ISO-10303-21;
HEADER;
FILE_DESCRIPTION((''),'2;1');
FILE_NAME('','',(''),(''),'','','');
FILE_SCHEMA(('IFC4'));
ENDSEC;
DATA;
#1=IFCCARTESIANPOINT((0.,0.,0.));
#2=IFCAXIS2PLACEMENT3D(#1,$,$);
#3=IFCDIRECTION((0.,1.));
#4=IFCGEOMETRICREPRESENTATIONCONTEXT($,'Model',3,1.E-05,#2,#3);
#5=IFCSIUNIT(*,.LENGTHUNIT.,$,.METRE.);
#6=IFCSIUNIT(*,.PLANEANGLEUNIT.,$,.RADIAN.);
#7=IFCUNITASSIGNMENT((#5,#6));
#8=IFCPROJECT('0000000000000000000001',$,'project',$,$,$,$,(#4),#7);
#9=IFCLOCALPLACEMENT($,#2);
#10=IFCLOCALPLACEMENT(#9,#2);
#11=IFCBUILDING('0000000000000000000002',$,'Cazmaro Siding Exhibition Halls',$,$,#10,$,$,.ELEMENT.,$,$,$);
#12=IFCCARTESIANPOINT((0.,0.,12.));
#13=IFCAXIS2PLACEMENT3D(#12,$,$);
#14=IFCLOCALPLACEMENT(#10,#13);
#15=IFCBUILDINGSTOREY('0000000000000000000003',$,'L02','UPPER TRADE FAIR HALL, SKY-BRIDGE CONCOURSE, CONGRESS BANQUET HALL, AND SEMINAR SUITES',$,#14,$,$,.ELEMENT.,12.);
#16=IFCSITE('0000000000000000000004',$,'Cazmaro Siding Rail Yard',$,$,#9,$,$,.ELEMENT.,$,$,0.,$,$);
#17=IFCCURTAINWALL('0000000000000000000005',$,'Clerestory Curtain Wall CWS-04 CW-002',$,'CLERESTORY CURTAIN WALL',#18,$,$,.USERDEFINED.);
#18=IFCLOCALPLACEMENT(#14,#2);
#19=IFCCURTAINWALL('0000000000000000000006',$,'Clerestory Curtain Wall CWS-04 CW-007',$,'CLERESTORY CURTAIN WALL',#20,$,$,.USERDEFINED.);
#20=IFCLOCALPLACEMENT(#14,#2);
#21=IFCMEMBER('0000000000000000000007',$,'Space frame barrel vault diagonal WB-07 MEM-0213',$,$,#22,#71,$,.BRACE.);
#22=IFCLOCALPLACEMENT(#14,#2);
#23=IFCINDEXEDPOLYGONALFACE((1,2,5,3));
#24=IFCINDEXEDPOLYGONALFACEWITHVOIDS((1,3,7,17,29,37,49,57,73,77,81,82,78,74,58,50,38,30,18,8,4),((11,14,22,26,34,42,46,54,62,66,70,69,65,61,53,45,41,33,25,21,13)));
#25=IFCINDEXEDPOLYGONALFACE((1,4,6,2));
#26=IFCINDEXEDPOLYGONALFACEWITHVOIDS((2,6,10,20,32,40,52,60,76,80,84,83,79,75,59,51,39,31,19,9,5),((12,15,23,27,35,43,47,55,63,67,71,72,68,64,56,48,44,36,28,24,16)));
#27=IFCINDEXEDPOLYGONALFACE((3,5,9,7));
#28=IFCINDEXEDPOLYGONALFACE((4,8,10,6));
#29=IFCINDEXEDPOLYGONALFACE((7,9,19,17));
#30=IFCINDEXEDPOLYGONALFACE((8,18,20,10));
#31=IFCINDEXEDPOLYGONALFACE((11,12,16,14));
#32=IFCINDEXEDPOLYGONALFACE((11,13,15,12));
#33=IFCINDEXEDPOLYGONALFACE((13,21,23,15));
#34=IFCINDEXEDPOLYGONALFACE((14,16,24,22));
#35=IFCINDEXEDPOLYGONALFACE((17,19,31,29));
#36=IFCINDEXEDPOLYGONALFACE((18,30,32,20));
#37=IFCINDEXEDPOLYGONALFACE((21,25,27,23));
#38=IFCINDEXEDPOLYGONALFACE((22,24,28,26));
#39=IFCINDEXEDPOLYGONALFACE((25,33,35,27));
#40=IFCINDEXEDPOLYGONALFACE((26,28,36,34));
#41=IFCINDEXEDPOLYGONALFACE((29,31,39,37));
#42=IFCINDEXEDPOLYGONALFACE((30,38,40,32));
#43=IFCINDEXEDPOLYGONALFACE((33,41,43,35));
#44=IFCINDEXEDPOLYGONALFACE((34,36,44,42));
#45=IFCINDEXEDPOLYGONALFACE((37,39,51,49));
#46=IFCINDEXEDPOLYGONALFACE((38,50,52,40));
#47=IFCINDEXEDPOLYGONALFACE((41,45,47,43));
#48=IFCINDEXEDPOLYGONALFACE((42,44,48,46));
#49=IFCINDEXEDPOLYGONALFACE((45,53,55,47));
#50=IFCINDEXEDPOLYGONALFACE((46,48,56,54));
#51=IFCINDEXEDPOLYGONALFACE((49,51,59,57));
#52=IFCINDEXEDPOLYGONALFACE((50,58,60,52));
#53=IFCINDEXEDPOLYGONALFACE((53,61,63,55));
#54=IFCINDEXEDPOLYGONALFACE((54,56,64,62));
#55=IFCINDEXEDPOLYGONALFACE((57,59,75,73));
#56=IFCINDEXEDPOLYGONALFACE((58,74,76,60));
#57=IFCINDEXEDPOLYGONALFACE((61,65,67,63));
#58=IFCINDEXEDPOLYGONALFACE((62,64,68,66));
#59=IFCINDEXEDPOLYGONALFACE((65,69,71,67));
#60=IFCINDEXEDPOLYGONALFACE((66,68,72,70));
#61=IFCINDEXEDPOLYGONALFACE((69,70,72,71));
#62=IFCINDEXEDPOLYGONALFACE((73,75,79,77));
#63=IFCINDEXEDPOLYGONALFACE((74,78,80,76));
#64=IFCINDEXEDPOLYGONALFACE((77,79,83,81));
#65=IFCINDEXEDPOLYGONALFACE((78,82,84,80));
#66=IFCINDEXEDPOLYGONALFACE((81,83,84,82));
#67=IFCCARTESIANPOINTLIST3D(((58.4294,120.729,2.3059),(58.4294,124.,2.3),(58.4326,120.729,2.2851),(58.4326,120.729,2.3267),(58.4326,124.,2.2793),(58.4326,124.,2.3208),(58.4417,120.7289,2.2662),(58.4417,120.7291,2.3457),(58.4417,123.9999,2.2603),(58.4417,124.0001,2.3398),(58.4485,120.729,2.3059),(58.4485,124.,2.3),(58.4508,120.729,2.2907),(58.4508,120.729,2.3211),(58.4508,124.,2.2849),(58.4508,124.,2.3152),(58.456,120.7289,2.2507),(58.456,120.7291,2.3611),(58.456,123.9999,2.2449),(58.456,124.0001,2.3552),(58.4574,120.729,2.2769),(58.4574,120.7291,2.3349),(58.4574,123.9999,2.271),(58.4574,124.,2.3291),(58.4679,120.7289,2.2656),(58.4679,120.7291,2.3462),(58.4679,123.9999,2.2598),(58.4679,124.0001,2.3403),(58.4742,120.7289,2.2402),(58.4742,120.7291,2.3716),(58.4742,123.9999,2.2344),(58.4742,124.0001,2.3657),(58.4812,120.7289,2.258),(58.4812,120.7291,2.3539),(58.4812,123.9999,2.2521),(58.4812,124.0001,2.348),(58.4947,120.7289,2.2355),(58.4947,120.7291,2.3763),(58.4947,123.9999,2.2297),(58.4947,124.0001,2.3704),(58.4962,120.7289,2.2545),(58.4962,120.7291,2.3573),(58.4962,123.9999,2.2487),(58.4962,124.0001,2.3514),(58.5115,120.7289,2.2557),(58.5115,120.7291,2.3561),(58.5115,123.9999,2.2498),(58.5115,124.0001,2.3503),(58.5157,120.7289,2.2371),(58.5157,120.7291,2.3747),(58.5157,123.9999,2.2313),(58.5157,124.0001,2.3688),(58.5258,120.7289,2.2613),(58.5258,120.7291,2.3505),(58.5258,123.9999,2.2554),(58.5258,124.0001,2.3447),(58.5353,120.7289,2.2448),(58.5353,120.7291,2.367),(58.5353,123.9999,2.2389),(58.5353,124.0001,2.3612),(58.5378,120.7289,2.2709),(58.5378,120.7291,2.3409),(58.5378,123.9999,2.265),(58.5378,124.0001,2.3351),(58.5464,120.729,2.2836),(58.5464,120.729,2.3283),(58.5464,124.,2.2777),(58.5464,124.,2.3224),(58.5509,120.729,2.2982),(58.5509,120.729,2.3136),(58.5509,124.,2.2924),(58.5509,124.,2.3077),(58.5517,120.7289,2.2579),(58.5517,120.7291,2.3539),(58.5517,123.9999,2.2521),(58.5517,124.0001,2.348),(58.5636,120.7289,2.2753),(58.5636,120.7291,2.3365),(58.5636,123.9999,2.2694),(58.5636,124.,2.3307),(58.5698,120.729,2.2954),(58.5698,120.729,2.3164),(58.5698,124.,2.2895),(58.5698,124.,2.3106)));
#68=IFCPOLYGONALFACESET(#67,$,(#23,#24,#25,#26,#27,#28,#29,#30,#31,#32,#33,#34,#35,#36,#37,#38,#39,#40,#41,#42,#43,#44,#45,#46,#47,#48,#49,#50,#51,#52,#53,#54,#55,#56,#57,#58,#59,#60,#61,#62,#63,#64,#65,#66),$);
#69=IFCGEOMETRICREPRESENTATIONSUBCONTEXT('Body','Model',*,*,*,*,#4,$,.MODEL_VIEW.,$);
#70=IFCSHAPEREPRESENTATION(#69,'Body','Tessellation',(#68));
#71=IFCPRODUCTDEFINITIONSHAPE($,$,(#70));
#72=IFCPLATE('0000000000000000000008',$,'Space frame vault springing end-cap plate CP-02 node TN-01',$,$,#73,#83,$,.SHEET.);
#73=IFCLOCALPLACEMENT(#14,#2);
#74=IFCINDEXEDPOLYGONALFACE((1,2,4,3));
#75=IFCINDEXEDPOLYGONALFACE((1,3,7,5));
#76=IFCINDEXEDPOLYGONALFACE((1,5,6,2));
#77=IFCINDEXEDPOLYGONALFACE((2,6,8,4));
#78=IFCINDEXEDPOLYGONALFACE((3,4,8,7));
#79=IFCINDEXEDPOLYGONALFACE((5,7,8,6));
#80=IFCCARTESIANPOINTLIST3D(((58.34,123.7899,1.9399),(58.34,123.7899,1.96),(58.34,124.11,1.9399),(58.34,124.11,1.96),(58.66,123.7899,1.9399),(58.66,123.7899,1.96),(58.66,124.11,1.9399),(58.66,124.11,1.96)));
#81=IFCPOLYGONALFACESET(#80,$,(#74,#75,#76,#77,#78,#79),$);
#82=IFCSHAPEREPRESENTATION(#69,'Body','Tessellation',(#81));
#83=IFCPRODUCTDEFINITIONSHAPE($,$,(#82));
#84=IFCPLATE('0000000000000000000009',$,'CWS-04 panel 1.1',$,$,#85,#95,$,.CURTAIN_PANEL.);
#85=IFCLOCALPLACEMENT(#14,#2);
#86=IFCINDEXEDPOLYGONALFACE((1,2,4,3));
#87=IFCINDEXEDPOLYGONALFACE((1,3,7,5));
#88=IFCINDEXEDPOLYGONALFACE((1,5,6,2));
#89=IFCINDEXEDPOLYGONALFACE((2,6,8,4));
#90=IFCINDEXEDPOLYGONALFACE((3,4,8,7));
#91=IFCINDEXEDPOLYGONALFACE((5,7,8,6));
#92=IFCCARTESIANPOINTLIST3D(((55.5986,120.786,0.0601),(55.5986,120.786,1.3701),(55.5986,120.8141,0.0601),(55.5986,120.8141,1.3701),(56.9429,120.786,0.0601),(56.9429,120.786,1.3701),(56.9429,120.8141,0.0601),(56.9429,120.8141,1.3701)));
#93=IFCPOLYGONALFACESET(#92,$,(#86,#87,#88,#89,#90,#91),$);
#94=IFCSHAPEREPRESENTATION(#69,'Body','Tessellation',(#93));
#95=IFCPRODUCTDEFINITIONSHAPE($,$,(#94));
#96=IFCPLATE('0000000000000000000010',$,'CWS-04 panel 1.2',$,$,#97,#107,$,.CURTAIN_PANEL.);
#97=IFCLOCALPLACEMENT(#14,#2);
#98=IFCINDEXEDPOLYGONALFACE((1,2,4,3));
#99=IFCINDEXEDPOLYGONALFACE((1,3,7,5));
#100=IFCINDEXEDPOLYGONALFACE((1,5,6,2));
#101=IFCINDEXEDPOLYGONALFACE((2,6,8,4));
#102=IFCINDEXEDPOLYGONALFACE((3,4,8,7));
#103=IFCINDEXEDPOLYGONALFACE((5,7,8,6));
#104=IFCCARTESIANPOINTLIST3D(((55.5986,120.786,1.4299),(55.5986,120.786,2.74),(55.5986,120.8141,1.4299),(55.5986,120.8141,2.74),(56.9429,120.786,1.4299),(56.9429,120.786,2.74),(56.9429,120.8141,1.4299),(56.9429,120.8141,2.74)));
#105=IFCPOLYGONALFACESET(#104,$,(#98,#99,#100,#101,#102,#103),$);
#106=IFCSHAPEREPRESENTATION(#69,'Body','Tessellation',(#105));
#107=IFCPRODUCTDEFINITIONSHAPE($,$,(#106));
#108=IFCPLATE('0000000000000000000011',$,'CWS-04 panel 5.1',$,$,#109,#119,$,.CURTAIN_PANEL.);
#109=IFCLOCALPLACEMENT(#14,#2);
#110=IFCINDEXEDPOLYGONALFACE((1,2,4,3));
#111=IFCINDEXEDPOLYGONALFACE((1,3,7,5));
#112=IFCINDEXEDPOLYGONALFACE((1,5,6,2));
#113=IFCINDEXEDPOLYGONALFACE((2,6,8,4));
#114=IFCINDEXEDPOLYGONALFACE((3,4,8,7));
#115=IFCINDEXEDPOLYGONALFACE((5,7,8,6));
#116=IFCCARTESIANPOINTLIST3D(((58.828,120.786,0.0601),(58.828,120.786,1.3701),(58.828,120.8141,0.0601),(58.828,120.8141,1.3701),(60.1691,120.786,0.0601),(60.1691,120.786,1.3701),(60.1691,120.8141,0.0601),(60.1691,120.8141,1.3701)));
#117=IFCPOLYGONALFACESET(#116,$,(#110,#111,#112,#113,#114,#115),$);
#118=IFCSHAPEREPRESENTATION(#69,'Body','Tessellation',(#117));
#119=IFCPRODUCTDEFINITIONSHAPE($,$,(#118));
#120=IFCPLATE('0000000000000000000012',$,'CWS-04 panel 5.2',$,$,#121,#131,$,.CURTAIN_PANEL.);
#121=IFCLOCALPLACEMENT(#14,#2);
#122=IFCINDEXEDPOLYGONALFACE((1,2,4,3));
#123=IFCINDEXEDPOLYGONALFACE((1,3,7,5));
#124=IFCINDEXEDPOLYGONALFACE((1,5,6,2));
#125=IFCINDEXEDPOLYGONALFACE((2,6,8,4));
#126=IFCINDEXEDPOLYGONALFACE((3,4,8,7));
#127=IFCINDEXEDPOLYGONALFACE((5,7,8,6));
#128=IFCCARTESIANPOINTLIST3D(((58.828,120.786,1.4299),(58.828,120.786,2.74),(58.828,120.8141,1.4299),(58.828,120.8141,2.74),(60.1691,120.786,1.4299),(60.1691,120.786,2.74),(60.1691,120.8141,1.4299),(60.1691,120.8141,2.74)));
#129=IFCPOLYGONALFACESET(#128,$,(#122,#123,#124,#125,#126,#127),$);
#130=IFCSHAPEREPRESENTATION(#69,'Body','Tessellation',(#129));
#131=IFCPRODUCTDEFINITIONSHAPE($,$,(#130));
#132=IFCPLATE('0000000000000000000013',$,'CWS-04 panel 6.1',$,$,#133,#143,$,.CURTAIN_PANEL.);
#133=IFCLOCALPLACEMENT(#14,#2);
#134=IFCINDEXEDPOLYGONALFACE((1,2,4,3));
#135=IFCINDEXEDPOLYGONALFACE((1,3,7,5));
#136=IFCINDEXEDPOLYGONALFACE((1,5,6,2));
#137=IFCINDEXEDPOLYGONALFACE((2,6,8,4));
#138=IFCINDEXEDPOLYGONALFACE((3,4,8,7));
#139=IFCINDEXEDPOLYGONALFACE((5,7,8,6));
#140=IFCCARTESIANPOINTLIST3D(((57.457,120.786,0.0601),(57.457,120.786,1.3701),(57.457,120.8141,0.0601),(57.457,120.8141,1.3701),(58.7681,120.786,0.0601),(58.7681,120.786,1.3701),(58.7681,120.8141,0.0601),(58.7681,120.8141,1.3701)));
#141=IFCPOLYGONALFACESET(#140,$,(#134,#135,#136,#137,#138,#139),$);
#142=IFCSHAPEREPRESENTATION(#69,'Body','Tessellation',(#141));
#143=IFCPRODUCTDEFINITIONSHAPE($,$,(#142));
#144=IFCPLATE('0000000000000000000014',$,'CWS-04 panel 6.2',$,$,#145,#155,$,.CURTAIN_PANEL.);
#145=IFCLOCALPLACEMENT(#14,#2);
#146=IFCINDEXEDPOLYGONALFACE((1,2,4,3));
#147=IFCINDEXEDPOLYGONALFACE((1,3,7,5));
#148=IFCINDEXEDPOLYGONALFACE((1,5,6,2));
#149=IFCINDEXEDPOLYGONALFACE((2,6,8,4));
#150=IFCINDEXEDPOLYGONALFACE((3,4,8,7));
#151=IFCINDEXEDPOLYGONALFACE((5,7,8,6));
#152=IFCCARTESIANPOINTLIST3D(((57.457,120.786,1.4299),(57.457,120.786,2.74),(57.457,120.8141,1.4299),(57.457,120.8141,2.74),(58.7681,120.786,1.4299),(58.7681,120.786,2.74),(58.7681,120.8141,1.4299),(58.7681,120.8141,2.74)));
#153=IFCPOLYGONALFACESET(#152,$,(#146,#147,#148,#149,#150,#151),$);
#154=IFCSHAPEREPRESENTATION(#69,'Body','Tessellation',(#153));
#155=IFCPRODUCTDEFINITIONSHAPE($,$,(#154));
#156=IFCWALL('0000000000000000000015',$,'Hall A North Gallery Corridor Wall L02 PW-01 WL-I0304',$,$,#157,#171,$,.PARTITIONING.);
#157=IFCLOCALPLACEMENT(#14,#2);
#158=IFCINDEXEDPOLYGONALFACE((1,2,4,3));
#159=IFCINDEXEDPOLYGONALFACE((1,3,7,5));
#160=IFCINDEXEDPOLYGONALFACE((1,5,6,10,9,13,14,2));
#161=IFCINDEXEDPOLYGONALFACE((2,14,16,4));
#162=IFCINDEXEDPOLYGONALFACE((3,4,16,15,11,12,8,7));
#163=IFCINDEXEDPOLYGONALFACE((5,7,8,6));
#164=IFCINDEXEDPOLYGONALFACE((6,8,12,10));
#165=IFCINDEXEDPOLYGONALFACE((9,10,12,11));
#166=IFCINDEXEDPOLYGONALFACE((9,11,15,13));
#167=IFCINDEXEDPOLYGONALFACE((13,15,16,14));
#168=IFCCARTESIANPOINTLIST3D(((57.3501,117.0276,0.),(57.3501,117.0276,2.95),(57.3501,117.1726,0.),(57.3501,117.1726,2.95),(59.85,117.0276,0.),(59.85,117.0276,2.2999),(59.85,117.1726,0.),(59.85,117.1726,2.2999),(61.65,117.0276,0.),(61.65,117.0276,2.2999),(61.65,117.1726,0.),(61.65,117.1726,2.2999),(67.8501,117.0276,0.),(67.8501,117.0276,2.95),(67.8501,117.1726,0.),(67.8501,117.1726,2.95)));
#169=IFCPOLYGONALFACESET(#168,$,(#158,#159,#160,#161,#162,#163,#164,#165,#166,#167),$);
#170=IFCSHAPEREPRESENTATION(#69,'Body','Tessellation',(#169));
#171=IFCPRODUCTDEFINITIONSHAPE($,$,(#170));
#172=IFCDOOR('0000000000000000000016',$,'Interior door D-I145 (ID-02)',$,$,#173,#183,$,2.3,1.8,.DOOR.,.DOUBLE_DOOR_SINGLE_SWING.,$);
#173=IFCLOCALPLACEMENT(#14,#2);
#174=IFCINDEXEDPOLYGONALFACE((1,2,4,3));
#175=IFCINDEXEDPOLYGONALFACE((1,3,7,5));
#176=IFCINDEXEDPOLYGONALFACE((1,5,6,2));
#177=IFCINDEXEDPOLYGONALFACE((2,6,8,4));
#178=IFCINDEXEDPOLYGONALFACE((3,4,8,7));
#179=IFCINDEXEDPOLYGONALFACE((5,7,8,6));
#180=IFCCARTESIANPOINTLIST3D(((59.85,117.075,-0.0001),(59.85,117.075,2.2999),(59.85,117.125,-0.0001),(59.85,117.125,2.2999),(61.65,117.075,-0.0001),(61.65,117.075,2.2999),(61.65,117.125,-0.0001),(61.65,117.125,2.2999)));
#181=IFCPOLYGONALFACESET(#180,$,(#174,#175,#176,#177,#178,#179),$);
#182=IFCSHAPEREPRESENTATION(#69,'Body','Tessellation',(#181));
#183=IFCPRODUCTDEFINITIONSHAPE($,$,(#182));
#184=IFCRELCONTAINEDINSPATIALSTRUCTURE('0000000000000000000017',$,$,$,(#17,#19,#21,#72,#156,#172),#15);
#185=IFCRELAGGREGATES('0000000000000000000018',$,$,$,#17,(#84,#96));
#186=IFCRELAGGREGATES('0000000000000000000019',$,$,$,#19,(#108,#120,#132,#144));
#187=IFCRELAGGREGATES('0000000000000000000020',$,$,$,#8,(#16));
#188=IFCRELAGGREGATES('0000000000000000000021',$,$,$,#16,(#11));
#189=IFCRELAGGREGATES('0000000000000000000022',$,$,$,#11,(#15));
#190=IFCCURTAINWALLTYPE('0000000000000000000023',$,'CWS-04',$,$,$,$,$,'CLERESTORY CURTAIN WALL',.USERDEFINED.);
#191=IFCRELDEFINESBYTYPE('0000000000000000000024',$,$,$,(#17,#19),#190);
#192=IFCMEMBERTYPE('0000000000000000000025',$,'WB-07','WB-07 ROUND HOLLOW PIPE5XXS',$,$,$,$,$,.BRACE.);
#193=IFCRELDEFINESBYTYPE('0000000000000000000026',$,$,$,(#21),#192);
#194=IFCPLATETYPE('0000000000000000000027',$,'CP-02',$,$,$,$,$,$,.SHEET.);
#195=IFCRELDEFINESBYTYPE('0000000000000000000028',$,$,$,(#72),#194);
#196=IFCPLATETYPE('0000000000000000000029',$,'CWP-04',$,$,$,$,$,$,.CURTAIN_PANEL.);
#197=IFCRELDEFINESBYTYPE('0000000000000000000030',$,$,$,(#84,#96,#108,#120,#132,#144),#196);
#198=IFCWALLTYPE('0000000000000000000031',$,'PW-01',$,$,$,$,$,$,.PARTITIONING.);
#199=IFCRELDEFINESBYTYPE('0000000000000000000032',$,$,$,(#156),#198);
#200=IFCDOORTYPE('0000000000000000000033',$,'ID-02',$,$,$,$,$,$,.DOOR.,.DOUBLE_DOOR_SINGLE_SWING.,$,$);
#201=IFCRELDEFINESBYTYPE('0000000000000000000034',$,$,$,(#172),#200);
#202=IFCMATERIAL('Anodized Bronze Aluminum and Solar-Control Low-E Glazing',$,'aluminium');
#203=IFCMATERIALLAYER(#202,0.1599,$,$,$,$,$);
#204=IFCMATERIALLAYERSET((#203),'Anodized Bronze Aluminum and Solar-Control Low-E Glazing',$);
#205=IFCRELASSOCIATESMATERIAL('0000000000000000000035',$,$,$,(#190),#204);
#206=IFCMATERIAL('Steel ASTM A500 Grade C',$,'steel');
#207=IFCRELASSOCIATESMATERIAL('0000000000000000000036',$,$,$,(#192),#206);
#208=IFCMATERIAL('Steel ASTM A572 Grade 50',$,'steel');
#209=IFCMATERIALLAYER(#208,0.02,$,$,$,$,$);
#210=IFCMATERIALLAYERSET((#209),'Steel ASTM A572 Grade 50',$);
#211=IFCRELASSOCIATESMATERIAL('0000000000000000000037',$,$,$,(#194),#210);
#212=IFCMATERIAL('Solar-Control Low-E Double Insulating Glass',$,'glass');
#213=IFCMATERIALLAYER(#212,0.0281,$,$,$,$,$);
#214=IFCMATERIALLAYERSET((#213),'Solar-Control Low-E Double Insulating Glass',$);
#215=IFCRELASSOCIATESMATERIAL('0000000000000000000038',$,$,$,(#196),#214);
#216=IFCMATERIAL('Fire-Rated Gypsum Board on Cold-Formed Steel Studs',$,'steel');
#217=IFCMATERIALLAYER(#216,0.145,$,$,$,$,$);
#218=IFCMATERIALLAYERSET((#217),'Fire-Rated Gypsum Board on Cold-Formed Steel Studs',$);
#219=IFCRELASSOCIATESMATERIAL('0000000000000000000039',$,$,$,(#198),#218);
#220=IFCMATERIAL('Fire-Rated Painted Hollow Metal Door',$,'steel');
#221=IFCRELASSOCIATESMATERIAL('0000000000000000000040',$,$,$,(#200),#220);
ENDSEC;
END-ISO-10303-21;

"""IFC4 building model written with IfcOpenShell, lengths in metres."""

from ifc_helpers import new_model, si_unit, direction, frame, frame_2d, origin, origin_2d, place, context, subcontext, project, spatial, rectangle, hollow_circle, extrude, material, layer, layer_set, material_profile, profile_set, type_object, element, fill, aggregate, save


model = new_model("IFC4")

# Units and contexts
model_context = context("Model", 3, precision=1e-05, world=origin(), true_north=direction((0.0, 1.0)))
body_context = subcontext(model_context, "Body", "Model", "MODEL_VIEW")
ifc_project = project(units=[si_unit("LENGTHUNIT", "METRE"), si_unit("PLANEANGLEUNIT", "RADIAN")], contexts=[model_context])

# Site, building, storey
site_placement = place(None, origin())
site = spatial("IfcSite", under=ifc_project, at=site_placement, Name="Cazmaro Siding Rail Yard", CompositionType="ELEMENT", RefElevation=0.0)
building_placement = place(site_placement, origin())
building = spatial("IfcBuilding", under=site, at=building_placement, Name="Cazmaro Siding Exhibition Halls", CompositionType="ELEMENT")
storey_placement = place(building_placement, frame((0.0, 0.0, 12.0)))
storey = spatial("IfcBuildingStorey", under=building, at=storey_placement, Name="L02", Description="UPPER TRADE FAIR HALL, SKY-BRIDGE CONCOURSE, CONGRESS BANQUET HALL, AND SEMINAR SUITES", CompositionType="ELEMENT", Elevation=12.0)

# Curtain walls
ifc_material_1 = material(Name="Anodized Bronze Aluminum and Solar-Control Low-E Glazing", Category="aluminium")
ifc_layer_1 = layer(ifc_material_1, 0.1599)
ifc_layer_set_1 = layer_set([ifc_layer_1], Name="Anodized Bronze Aluminum and Solar-Control Low-E Glazing")
curtain_wall_type = type_object("IfcCurtainWallType", Name="CWS-04", ElementType="CLERESTORY CURTAIN WALL", PredefinedType="USERDEFINED", material=ifc_layer_set_1)
curtain_wall_1_placement = place(storey_placement, origin())
curtain_wall_1 = element("IfcCurtainWall", 1, at=curtain_wall_1_placement, inside=storey, type_object=curtain_wall_type, Name="Clerestory Curtain Wall CWS-04 CW-002", ObjectType="CLERESTORY CURTAIN WALL", PredefinedType="USERDEFINED")
curtain_wall_2_placement = place(storey_placement, origin())
curtain_wall_2 = element("IfcCurtainWall", 2, at=curtain_wall_2_placement, inside=storey, type_object=curtain_wall_type, Name="Clerestory Curtain Wall CWS-04 CW-007", ObjectType="CLERESTORY CURTAIN WALL", PredefinedType="USERDEFINED")

# Member
ifc_material_2 = material(Name="Steel ASTM A500 Grade C", Category="steel")
ifc_material_profile_1 = material_profile(ifc_material_2, hollow_circle(Radius=0.0706, WallThickness=0.019, at=origin_2d()), Name="PIPE5XXS")
ifc_profile_set_1 = profile_set([ifc_material_profile_1], Name="Steel ASTM A500 Grade C")
member_type_1 = type_object("IfcMemberType", Name="WB-07", Description="WB-07 ROUND HOLLOW PIPE5XXS", PredefinedType="BRACE", material=ifc_profile_set_1)
member_1_placement = place(storey_placement, frame((58.5, 120.729, 2.3059), z_axis=(0.0, 0.999998, -0.001791), x_axis=(-1.0, 0.0, 0.0)))
element("IfcMember", 3, at=member_1_placement, inside=storey, type_object=member_type_1, Name="Space frame barrel vault diagonal WB-07 MEM-0213", PredefinedType="BRACE", context=body_context, shape_type="SweptSolid", body=[
    extrude(hollow_circle(Radius=0.0706, WallThickness=0.019, at=origin_2d()), origin(), (0.0, 0.0, 1.0), 3.271),
])

# Plates
ifc_material_3 = material(Name="Steel ASTM A572 Grade 50", Category="steel")
ifc_layer_2 = layer(ifc_material_3, 0.02)
ifc_layer_set_2 = layer_set([ifc_layer_2], Name="Steel ASTM A572 Grade 50")
plate_type_1 = type_object("IfcPlateType", Name="CP-02", PredefinedType="SHEET", material=ifc_layer_set_2)
plate_1_placement = place(storey_placement, frame((58.5, 123.95, 1.9399), z_axis=(0.0, 0.0, 1.0), x_axis=(1.0, 0.0, 0.0)))
element("IfcPlate", 4, at=plate_1_placement, inside=storey, type_object=plate_type_1, Name="Space frame vault springing end-cap plate CP-02 node TN-01", PredefinedType="SHEET", context=body_context, shape_type="SweptSolid", body=[
    extrude(rectangle(XDim=0.3201, YDim=0.3201, at=origin_2d()), origin(), (0.0, 0.0, 1.0), 0.02),
])
ifc_material_4 = material(Name="Solar-Control Low-E Double Insulating Glass", Category="glass")
ifc_layer_3 = layer(ifc_material_4, 0.0281)
ifc_layer_set_3 = layer_set([ifc_layer_3], Name="Solar-Control Low-E Double Insulating Glass")
plate_type_2 = type_object("IfcPlateType", Name="CWP-04", PredefinedType="CURTAIN_PANEL", material=ifc_layer_set_3)
plate_2_placement = place(storey_placement, frame((56.2708, 120.8, 0.0601), z_axis=(0.0, 0.0, 1.0), x_axis=(-1.0, 0.0, 0.0)))
plate_2 = element("IfcPlate", 5, at=plate_2_placement, type_object=plate_type_2, Name="CWS-04 panel 1.1", PredefinedType="CURTAIN_PANEL", context=body_context, shape_type="SweptSolid", body=[
    extrude(rectangle(XDim=1.3442, YDim=0.0281, at=origin_2d()), origin(), (0.0, 0.0, 1.0), 1.3101),
])
plate_3_placement = place(storey_placement, frame((56.2708, 120.8, 1.4299), z_axis=(0.0, 0.0, 1.0), x_axis=(-1.0, 0.0, 0.0)))
plate_3 = element("IfcPlate", 6, at=plate_3_placement, type_object=plate_type_2, Name="CWS-04 panel 1.2", PredefinedType="CURTAIN_PANEL", context=body_context, shape_type="SweptSolid", body=[
    extrude(rectangle(XDim=1.3442, YDim=0.0281, at=origin_2d()), origin(), (0.0, 0.0, 1.0), 1.3101),
])
aggregate(curtain_wall_1, [plate_2, plate_3])
plate_4_placement = place(storey_placement, frame((59.4985, 120.8, 0.0601), z_axis=(0.0, 0.0, 1.0), x_axis=(-1.0, 0.0, 0.0)))
plate_4 = element("IfcPlate", 7, at=plate_4_placement, type_object=plate_type_2, Name="CWS-04 panel 5.1", PredefinedType="CURTAIN_PANEL", context=body_context, shape_type="SweptSolid", body=[
    extrude(rectangle(XDim=1.3411, YDim=0.0281, at=origin_2d()), origin(), (0.0, 0.0, 1.0), 1.3101),
])
plate_5_placement = place(storey_placement, frame((59.4985, 120.8, 1.4299), z_axis=(0.0, 0.0, 1.0), x_axis=(-1.0, 0.0, 0.0)))
plate_5 = element("IfcPlate", 8, at=plate_5_placement, type_object=plate_type_2, Name="CWS-04 panel 5.2", PredefinedType="CURTAIN_PANEL", context=body_context, shape_type="SweptSolid", body=[
    extrude(rectangle(XDim=1.3411, YDim=0.0281, at=origin_2d()), origin(), (0.0, 0.0, 1.0), 1.3101),
])
plate_6_placement = place(storey_placement, frame((58.1125, 120.8, 0.0601), z_axis=(0.0, 0.0, 1.0), x_axis=(-1.0, 0.0, 0.0)))
plate_6 = element("IfcPlate", 9, at=plate_6_placement, type_object=plate_type_2, Name="CWS-04 panel 6.1", PredefinedType="CURTAIN_PANEL", context=body_context, shape_type="SweptSolid", body=[
    extrude(rectangle(XDim=1.311, YDim=0.0281, at=origin_2d()), origin(), (0.0, 0.0, 1.0), 1.3101),
])
plate_7_placement = place(storey_placement, frame((58.1125, 120.8, 1.4299), z_axis=(0.0, 0.0, 1.0), x_axis=(-1.0, 0.0, 0.0)))
plate_7 = element("IfcPlate", 10, at=plate_7_placement, type_object=plate_type_2, Name="CWS-04 panel 6.2", PredefinedType="CURTAIN_PANEL", context=body_context, shape_type="SweptSolid", body=[
    extrude(rectangle(XDim=1.311, YDim=0.0281, at=origin_2d()), origin(), (0.0, 0.0, 1.0), 1.3101),
])
aggregate(curtain_wall_2, [plate_4, plate_5, plate_6, plate_7])

# Wall, opening, door
ifc_material_5 = material(Name="Fire-Rated Gypsum Board on Cold-Formed Steel Studs", Category="steel")
ifc_layer_4 = layer(ifc_material_5, 0.145)
ifc_layer_set_4 = layer_set([ifc_layer_4], Name="Fire-Rated Gypsum Board on Cold-Formed Steel Studs")
wall_type = type_object("IfcWallType", Name="PW-01", PredefinedType="PARTITIONING", material=ifc_layer_set_4)
wall_placement = place(storey_placement, frame((57.3501, 117.1001, 0.0), z_axis=(0.0, 0.0, 1.0), x_axis=(1.0, 0.0, 0.0)))
wall = element("IfcWall", 11, at=wall_placement, inside=storey, type_object=wall_type, Name="Hall A North Gallery Corridor Wall L02 PW-01 WL-I0304", PredefinedType="PARTITIONING", context=body_context, shape_type="SweptSolid", body=[
    extrude(rectangle(XDim=10.5, YDim=0.145, at=frame_2d((5.25, 0.0))), origin(), (0.0, 0.0, 1.0), 2.95),
])
opening_placement = place(wall_placement, frame((2.5, 0.0, 0.0)))
opening = element("IfcOpeningElement", 12, at=opening_placement, cuts=wall, PredefinedType="OPENING", context=body_context, shape_type="SweptSolid", body=[
    extrude(rectangle(XDim=1.8, YDim=2.3, at=frame_2d((0.8999, 1.1499))), frame((0.0, 0.0825, 0.0), z_axis=(0.0, -1.0, 0.0), x_axis=(1.0, 0.0, 0.0)), (0.0, 0.0, 1.0), 0.165),
])
ifc_material_6 = material(Name="Fire-Rated Painted Hollow Metal Door", Category="steel")
door_type = type_object("IfcDoorType", Name="ID-02", OperationType="DOUBLE_DOOR_SINGLE_SWING", PredefinedType="DOOR", material=ifc_material_6)
door_placement = place(opening_placement, origin())
door = element("IfcDoor", 13, at=door_placement, inside=storey, type_object=door_type, Name="Interior door D-I145 (ID-02)", OperationType="DOUBLE_DOOR_SINGLE_SWING", OverallHeight=2.3, OverallWidth=1.8, PredefinedType="DOOR", context=body_context, shape_type="SweptSolid", body=[
    extrude(rectangle(XDim=1.8, YDim=2.3, at=frame_2d((0.8999, 1.1499))), frame((0.0, 0.0249, 0.0), z_axis=(0.0, -1.0, 0.0), x_axis=(1.0, 0.0, 0.0)), (0.0, 0.0, 1.0), 0.05),
])
fill(opening, door)

save(model, "model.ifc")
